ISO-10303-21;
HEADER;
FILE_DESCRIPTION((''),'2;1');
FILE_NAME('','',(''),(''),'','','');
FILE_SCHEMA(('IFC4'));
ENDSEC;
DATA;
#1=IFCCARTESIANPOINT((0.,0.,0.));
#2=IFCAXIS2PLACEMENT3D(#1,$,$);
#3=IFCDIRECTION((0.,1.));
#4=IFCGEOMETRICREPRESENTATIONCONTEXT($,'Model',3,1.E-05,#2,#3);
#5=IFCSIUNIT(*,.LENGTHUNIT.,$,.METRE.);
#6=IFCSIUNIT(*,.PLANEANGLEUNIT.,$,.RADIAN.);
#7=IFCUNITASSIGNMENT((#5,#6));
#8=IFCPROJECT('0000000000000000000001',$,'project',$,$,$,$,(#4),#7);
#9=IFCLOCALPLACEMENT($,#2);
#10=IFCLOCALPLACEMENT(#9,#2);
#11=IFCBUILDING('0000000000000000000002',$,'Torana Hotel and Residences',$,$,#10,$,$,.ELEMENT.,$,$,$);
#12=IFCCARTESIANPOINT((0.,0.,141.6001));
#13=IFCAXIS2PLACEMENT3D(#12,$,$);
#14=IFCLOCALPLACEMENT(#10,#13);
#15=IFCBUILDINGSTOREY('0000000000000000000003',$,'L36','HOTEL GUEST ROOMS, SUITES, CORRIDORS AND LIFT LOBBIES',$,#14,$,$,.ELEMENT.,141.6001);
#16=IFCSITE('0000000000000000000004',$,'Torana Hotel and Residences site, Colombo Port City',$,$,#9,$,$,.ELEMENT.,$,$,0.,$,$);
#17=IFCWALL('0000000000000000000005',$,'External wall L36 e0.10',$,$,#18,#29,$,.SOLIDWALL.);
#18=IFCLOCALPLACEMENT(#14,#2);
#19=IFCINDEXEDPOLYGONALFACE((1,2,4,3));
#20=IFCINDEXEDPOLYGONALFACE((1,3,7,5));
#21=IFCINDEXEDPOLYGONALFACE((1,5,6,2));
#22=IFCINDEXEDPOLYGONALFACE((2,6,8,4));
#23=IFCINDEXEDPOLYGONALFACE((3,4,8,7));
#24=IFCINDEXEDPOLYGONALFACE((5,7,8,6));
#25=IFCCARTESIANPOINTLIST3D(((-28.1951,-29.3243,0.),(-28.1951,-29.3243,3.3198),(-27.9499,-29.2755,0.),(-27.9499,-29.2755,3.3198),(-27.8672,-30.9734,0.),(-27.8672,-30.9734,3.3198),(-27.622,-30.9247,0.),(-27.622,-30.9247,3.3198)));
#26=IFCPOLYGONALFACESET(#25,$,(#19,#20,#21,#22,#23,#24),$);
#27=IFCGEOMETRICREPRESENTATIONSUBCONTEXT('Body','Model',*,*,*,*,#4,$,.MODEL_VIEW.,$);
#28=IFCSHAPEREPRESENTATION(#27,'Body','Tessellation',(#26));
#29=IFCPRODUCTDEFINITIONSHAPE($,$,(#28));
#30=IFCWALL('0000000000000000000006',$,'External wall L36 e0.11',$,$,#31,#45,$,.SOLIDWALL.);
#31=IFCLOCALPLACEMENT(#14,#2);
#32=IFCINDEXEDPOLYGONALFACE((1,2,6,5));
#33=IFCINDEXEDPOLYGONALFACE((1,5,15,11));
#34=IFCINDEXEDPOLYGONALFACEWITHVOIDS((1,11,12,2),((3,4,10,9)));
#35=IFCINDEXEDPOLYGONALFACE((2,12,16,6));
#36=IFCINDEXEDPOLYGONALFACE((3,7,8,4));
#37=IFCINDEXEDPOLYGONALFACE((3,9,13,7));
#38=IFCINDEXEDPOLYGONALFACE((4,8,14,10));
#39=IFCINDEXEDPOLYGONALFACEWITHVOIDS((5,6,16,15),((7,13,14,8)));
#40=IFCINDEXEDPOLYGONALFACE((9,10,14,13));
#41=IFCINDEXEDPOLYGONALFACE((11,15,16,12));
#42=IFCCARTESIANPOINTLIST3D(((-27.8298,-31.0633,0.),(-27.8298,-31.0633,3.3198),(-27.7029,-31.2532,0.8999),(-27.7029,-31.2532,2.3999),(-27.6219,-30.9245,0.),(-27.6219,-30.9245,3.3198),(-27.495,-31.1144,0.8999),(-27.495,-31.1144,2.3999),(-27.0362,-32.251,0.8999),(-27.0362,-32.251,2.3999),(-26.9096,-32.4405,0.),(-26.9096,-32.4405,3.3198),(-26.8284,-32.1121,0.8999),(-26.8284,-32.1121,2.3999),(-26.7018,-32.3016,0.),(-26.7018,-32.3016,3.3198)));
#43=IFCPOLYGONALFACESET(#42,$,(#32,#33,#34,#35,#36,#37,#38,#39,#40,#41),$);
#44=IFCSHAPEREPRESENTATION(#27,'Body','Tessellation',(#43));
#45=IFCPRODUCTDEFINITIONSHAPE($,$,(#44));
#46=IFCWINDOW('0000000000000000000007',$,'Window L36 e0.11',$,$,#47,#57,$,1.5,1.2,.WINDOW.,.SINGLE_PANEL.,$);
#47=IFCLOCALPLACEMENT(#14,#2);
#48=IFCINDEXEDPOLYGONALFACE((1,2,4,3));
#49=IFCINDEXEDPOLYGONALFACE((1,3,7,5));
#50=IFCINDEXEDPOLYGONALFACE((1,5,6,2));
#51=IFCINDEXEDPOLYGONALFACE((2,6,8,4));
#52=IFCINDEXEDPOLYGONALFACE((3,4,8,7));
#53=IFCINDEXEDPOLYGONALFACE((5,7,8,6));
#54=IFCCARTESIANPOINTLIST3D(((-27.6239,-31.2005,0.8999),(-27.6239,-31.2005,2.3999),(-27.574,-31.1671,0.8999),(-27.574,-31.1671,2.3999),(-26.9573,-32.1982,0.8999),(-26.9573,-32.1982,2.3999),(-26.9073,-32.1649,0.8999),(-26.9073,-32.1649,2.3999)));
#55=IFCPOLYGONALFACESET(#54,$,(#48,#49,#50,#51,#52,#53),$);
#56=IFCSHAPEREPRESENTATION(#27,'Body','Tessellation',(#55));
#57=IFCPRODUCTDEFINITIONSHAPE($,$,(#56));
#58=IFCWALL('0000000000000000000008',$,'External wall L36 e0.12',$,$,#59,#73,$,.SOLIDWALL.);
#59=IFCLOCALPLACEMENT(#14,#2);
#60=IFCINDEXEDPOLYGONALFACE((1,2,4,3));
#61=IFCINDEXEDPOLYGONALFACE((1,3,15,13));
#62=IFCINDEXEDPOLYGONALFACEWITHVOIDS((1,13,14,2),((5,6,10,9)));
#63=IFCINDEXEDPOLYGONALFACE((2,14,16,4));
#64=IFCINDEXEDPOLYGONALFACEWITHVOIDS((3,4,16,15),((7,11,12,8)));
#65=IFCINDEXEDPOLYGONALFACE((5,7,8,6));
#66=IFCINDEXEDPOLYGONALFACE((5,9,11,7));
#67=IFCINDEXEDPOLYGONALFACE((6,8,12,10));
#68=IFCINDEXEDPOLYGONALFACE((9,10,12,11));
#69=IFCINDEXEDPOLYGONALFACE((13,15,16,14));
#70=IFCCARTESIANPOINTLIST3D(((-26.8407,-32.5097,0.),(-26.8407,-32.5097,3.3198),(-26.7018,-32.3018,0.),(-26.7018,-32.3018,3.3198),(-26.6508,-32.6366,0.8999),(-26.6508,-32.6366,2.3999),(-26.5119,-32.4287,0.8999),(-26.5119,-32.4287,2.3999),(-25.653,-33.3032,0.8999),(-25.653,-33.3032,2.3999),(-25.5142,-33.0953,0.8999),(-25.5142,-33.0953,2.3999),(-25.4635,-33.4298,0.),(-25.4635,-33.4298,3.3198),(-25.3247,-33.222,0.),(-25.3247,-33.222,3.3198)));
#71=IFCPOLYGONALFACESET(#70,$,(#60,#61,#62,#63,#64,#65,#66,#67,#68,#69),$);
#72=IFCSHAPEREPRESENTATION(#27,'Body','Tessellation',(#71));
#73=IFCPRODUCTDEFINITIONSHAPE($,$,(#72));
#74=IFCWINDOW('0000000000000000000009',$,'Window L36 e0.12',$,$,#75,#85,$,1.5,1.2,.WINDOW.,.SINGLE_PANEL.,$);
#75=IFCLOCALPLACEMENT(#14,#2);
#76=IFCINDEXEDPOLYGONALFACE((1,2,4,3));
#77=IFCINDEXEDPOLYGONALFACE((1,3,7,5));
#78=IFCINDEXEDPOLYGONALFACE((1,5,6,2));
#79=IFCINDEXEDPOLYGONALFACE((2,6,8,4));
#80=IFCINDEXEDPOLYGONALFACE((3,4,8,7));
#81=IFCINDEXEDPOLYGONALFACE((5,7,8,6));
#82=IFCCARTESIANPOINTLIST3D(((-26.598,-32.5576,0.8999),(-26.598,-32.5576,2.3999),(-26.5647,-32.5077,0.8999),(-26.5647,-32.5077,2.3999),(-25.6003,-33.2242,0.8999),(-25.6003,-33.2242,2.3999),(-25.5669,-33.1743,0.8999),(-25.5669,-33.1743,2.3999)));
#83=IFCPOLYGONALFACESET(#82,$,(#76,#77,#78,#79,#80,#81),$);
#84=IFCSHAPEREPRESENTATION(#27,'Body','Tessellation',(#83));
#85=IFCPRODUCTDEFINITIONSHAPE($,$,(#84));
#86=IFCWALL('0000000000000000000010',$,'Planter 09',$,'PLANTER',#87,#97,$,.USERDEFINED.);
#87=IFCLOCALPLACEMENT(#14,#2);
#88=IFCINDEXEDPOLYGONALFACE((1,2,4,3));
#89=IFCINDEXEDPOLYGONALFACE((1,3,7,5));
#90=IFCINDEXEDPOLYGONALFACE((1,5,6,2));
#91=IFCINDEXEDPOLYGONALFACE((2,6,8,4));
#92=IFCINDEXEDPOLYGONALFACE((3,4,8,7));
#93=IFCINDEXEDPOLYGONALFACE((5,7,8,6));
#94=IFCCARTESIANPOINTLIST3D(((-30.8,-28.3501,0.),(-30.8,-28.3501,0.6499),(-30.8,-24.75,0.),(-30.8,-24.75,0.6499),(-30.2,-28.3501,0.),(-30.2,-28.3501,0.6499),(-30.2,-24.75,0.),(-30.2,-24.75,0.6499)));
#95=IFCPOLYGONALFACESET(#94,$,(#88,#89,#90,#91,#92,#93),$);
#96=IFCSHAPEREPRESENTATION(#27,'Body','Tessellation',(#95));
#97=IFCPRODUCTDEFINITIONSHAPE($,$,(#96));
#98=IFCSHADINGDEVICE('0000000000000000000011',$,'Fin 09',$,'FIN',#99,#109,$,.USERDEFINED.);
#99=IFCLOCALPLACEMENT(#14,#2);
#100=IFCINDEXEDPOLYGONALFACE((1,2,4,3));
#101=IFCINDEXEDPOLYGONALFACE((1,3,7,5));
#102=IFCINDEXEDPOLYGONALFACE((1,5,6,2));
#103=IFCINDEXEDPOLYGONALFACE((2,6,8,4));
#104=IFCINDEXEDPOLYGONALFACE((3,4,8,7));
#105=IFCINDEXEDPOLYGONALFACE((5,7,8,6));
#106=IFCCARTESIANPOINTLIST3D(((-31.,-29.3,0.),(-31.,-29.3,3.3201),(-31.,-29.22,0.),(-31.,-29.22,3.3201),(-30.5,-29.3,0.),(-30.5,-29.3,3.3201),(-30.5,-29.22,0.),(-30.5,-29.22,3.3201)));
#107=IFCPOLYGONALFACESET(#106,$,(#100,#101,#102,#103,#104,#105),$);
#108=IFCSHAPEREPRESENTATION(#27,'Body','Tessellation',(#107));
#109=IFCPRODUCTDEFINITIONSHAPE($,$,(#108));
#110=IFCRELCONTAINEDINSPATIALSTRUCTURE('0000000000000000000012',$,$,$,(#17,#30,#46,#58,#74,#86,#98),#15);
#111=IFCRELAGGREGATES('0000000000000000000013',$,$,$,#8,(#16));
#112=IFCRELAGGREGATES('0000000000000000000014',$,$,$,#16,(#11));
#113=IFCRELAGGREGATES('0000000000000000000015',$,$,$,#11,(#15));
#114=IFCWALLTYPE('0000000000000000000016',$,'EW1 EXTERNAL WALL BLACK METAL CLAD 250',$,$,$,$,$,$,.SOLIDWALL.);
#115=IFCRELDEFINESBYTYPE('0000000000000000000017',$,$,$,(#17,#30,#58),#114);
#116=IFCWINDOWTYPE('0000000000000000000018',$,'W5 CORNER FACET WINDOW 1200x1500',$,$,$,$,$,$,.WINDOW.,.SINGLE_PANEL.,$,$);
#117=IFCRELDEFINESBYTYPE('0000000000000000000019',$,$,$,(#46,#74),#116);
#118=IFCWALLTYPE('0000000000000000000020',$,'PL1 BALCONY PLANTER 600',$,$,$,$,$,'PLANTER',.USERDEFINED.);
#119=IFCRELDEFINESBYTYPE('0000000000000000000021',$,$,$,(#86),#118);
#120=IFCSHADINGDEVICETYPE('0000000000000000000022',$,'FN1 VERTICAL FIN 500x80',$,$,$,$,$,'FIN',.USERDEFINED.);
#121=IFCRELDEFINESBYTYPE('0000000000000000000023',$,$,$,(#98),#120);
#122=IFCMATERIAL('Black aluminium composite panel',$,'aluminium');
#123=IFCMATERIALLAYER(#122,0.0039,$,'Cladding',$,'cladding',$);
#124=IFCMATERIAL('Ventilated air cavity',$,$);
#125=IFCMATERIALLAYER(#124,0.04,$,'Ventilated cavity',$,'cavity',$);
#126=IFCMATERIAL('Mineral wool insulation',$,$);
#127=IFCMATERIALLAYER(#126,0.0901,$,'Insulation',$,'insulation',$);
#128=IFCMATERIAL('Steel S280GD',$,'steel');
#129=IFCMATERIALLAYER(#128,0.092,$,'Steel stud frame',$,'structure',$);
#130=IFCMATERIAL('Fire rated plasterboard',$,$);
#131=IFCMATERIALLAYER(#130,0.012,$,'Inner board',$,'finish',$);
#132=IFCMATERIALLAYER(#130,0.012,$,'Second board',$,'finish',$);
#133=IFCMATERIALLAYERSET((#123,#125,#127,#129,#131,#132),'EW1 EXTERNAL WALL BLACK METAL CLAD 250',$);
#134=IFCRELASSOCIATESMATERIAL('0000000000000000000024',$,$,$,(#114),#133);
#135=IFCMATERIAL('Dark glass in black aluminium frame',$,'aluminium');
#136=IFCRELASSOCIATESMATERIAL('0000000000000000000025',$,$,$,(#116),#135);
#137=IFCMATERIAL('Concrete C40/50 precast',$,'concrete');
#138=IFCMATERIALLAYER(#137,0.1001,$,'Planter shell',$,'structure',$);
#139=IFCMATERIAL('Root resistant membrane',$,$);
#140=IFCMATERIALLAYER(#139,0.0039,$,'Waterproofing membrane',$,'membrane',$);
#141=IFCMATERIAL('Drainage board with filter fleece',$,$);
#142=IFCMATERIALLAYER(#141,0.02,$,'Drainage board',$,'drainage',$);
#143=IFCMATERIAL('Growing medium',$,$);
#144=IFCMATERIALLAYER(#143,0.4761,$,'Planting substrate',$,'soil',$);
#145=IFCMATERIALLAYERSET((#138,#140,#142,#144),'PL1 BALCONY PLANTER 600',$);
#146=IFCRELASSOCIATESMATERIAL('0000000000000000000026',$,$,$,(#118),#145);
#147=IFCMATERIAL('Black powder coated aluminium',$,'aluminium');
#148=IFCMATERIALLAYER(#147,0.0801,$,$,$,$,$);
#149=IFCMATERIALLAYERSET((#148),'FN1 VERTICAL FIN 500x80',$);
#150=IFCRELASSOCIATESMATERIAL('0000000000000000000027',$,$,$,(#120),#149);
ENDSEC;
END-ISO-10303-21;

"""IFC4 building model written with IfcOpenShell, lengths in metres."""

from ifc_helpers import new_model, si_unit, direction, frame, frame_2d, origin, origin_2d, place, context, subcontext, project, spatial, rectangle, extrude, material, layer, layer_set, type_object, element, fill, save


model = new_model("IFC4")

# Units and contexts
model_context = context("Model", 3, precision=1e-05, world=origin(), true_north=direction((0.0, 1.0)))
body_context = subcontext(model_context, "Body", "Model", "MODEL_VIEW")
ifc_project = project(units=[si_unit("LENGTHUNIT", "METRE"), si_unit("PLANEANGLEUNIT", "RADIAN")], contexts=[model_context])

# Site, building, storey
site_placement = place(None, origin())
site = spatial("IfcSite", under=ifc_project, at=site_placement, Name="Torana Hotel and Residences site, Colombo Port City", CompositionType="ELEMENT", RefElevation=0.0)
building_placement = place(site_placement, origin())
building = spatial("IfcBuilding", under=site, at=building_placement, Name="Torana Hotel and Residences", CompositionType="ELEMENT")
storey_placement = place(building_placement, frame((0.0, 0.0, 141.6001)))
storey = spatial("IfcBuildingStorey", under=building, at=storey_placement, Name="L36", Description="HOTEL GUEST ROOMS, SUITES, CORRIDORS AND LIFT LOBBIES", CompositionType="ELEMENT", Elevation=141.6001)

# Wall
ifc_material_1 = material(Name="Black aluminium composite panel", Category="aluminium")
ifc_layer_1 = layer(ifc_material_1, 0.0039, Name="Cladding", Category="cladding")
ifc_material_2 = material(Name="Ventilated air cavity")
ifc_layer_2 = layer(ifc_material_2, 0.04, Name="Ventilated cavity", Category="cavity")
ifc_material_3 = material(Name="Mineral wool insulation")
ifc_layer_3 = layer(ifc_material_3, 0.0901, Name="Insulation", Category="insulation")
ifc_material_4 = material(Name="Steel S280GD", Category="steel")
ifc_layer_4 = layer(ifc_material_4, 0.092, Name="Steel stud frame", Category="structure")
ifc_material_5 = material(Name="Fire rated plasterboard")
ifc_layer_5 = layer(ifc_material_5, 0.012, Name="Inner board", Category="finish")
ifc_layer_6 = layer(ifc_material_5, 0.012, Name="Second board", Category="finish")
ifc_layer_set_1 = layer_set([ifc_layer_1, ifc_layer_2, ifc_layer_3, ifc_layer_4, ifc_layer_5, ifc_layer_6], Name="EW1 EXTERNAL WALL BLACK METAL CLAD 250")
wall_type_1 = type_object("IfcWallType", Name="EW1 EXTERNAL WALL BLACK METAL CLAD 250", PredefinedType="SOLIDWALL", material=ifc_layer_set_1)
wall_1_placement = place(storey_placement, frame((-28.0725, -29.2998, 0.0), z_axis=(0.0, 0.0, 1.0), x_axis=(0.194999, -0.980803, 0.0)))
element("IfcWall", 1, at=wall_1_placement, inside=storey, type_object=wall_type_1, Name="External wall L36 e0.10", PredefinedType="SOLIDWALL", context=body_context, shape_type="SweptSolid", body=[
    extrude(rectangle(XDim=1.6814, YDim=0.25, at=frame_2d((0.8408, 0.0))), origin(), (0.0, 0.0, 1.0), 3.3198),
])

# Walls, openings, windows
wall_2_placement = place(storey_placement, frame((-27.7258, -30.9939, 0.0), z_axis=(0.0, 0.0, 1.0), x_axis=(0.55555, -0.831483, 0.0)))
wall_2 = element("IfcWall", 2, at=wall_2_placement, inside=storey, type_object=wall_type_1, Name="External wall L36 e0.11", PredefinedType="SOLIDWALL", context=body_context, shape_type="SweptSolid", body=[
    extrude(rectangle(XDim=1.6562, YDim=0.25, at=frame_2d((0.8281, 0.0))), origin(), (0.0, 0.0, 1.0), 3.3198),
])
opening_1_placement = place(wall_2_placement, frame((0.2283, 0.0, 0.8999)))
opening_1 = element("IfcOpeningElement", 3, at=opening_1_placement, cuts=wall_2, PredefinedType="OPENING", context=body_context, shape_type="SweptSolid", body=[
    extrude(rectangle(XDim=1.2, YDim=1.5, at=frame_2d((0.6001, 0.75))), frame((0.0, 0.135, 0.0), z_axis=(0.0, -1.0, 0.0), x_axis=(1.0, 0.0, 0.0)), (0.0, 0.0, 1.0), 0.27),
])
ifc_material_6 = material(Name="Dark glass in black aluminium frame", Category="aluminium")
window_type = type_object("IfcWindowType", Name="W5 CORNER FACET WINDOW 1200x1500", PartitioningType="SINGLE_PANEL", PredefinedType="WINDOW", material=ifc_material_6)
window_1_placement = place(opening_1_placement, origin())
window_1 = element("IfcWindow", 4, at=window_1_placement, inside=storey, type_object=window_type, Name="Window L36 e0.11", OverallHeight=1.5, OverallWidth=1.2, PartitioningType="SINGLE_PANEL", PredefinedType="WINDOW", context=body_context, shape_type="SweptSolid", body=[
    extrude(rectangle(XDim=1.2, YDim=1.5, at=frame_2d((0.6001, 0.75))), frame((0.0, 0.03, 0.0), z_axis=(0.0, -1.0, 0.0), x_axis=(1.0, 0.0, 0.0)), (0.0, 0.0, 1.0), 0.0601),
])
fill(opening_1, window_1)
wall_3_placement = place(storey_placement, frame((-26.7712, -32.4058, 0.0), z_axis=(0.0, 0.0, 1.0), x_axis=(0.831483, -0.55555, 0.0)))
wall_3 = element("IfcWall", 5, at=wall_3_placement, inside=storey, type_object=wall_type_1, Name="External wall L36 e0.12", PredefinedType="SOLIDWALL", context=body_context, shape_type="SweptSolid", body=[
    extrude(rectangle(XDim=1.6562, YDim=0.25, at=frame_2d((0.8281, 0.0))), origin(), (0.0, 0.0, 1.0), 3.3198),
])
opening_2_placement = place(wall_3_placement, frame((0.2283, 0.0, 0.8999)))
opening_2 = element("IfcOpeningElement", 6, at=opening_2_placement, cuts=wall_3, PredefinedType="OPENING", context=body_context, shape_type="SweptSolid", body=[
    extrude(rectangle(XDim=1.2, YDim=1.5, at=frame_2d((0.6001, 0.75))), frame((0.0, 0.135, 0.0), z_axis=(0.0, -1.0, 0.0), x_axis=(1.0, 0.0, 0.0)), (0.0, 0.0, 1.0), 0.27),
])
window_2_placement = place(opening_2_placement, origin())
window_2 = element("IfcWindow", 7, at=window_2_placement, inside=storey, type_object=window_type, Name="Window L36 e0.12", OverallHeight=1.5, OverallWidth=1.2, PartitioningType="SINGLE_PANEL", PredefinedType="WINDOW", context=body_context, shape_type="SweptSolid", body=[
    extrude(rectangle(XDim=1.2, YDim=1.5, at=frame_2d((0.6001, 0.75))), frame((0.0, 0.03, 0.0), z_axis=(0.0, -1.0, 0.0), x_axis=(1.0, 0.0, 0.0)), (0.0, 0.0, 1.0), 0.0601),
])
fill(opening_2, window_2)

# Wall
ifc_material_7 = material(Name="Concrete C40/50 precast", Category="concrete")
ifc_layer_7 = layer(ifc_material_7, 0.1001, Name="Planter shell", Category="structure")
ifc_material_8 = material(Name="Root resistant membrane")
ifc_layer_8 = layer(ifc_material_8, 0.0039, Name="Waterproofing membrane", Category="membrane")
ifc_material_9 = material(Name="Drainage board with filter fleece")
ifc_layer_9 = layer(ifc_material_9, 0.02, Name="Drainage board", Category="drainage")
ifc_material_10 = material(Name="Growing medium")
ifc_layer_10 = layer(ifc_material_10, 0.4761, Name="Planting substrate", Category="soil")
ifc_layer_set_2 = layer_set([ifc_layer_7, ifc_layer_8, ifc_layer_9, ifc_layer_10], Name="PL1 BALCONY PLANTER 600")
wall_type_2 = type_object("IfcWallType", Name="PL1 BALCONY PLANTER 600", ElementType="PLANTER", PredefinedType="USERDEFINED", material=ifc_layer_set_2)
wall_4_placement = place(storey_placement, frame((-30.5, -28.3501, 0.0), z_axis=(0.0, 0.0, 1.0), x_axis=(0.0, 1.0, 0.0)))
element("IfcWall", 8, at=wall_4_placement, inside=storey, type_object=wall_type_2, Name="Planter 09", ObjectType="PLANTER", PredefinedType="USERDEFINED", context=body_context, shape_type="SweptSolid", body=[
    extrude(rectangle(XDim=3.6001, YDim=0.6001, at=frame_2d((1.8, 0.0))), origin(), (0.0, 0.0, 1.0), 0.6499),
])

# Shading device
ifc_material_11 = material(Name="Black powder coated aluminium", Category="aluminium")
ifc_layer_11 = layer(ifc_material_11, 0.0801)
ifc_layer_set_3 = layer_set([ifc_layer_11], Name="FN1 VERTICAL FIN 500x80")
shading_device_type = type_object("IfcShadingDeviceType", Name="FN1 VERTICAL FIN 500x80", ElementType="FIN", PredefinedType="USERDEFINED", material=ifc_layer_set_3)
shading_device_placement = place(storey_placement, frame((-30.75, -29.26, 0.0), z_axis=(0.0, 0.0, 1.0), x_axis=(0.0, 1.0, 0.0)))
element("IfcShadingDevice", 9, at=shading_device_placement, inside=storey, type_object=shading_device_type, Name="Fin 09", ObjectType="FIN", PredefinedType="USERDEFINED", context=body_context, shape_type="SweptSolid", body=[
    extrude(rectangle(XDim=0.0801, YDim=0.5, at=origin_2d()), origin(), (0.0, 0.0, 1.0), 3.3201),
])

save(model, "model.ifc")
